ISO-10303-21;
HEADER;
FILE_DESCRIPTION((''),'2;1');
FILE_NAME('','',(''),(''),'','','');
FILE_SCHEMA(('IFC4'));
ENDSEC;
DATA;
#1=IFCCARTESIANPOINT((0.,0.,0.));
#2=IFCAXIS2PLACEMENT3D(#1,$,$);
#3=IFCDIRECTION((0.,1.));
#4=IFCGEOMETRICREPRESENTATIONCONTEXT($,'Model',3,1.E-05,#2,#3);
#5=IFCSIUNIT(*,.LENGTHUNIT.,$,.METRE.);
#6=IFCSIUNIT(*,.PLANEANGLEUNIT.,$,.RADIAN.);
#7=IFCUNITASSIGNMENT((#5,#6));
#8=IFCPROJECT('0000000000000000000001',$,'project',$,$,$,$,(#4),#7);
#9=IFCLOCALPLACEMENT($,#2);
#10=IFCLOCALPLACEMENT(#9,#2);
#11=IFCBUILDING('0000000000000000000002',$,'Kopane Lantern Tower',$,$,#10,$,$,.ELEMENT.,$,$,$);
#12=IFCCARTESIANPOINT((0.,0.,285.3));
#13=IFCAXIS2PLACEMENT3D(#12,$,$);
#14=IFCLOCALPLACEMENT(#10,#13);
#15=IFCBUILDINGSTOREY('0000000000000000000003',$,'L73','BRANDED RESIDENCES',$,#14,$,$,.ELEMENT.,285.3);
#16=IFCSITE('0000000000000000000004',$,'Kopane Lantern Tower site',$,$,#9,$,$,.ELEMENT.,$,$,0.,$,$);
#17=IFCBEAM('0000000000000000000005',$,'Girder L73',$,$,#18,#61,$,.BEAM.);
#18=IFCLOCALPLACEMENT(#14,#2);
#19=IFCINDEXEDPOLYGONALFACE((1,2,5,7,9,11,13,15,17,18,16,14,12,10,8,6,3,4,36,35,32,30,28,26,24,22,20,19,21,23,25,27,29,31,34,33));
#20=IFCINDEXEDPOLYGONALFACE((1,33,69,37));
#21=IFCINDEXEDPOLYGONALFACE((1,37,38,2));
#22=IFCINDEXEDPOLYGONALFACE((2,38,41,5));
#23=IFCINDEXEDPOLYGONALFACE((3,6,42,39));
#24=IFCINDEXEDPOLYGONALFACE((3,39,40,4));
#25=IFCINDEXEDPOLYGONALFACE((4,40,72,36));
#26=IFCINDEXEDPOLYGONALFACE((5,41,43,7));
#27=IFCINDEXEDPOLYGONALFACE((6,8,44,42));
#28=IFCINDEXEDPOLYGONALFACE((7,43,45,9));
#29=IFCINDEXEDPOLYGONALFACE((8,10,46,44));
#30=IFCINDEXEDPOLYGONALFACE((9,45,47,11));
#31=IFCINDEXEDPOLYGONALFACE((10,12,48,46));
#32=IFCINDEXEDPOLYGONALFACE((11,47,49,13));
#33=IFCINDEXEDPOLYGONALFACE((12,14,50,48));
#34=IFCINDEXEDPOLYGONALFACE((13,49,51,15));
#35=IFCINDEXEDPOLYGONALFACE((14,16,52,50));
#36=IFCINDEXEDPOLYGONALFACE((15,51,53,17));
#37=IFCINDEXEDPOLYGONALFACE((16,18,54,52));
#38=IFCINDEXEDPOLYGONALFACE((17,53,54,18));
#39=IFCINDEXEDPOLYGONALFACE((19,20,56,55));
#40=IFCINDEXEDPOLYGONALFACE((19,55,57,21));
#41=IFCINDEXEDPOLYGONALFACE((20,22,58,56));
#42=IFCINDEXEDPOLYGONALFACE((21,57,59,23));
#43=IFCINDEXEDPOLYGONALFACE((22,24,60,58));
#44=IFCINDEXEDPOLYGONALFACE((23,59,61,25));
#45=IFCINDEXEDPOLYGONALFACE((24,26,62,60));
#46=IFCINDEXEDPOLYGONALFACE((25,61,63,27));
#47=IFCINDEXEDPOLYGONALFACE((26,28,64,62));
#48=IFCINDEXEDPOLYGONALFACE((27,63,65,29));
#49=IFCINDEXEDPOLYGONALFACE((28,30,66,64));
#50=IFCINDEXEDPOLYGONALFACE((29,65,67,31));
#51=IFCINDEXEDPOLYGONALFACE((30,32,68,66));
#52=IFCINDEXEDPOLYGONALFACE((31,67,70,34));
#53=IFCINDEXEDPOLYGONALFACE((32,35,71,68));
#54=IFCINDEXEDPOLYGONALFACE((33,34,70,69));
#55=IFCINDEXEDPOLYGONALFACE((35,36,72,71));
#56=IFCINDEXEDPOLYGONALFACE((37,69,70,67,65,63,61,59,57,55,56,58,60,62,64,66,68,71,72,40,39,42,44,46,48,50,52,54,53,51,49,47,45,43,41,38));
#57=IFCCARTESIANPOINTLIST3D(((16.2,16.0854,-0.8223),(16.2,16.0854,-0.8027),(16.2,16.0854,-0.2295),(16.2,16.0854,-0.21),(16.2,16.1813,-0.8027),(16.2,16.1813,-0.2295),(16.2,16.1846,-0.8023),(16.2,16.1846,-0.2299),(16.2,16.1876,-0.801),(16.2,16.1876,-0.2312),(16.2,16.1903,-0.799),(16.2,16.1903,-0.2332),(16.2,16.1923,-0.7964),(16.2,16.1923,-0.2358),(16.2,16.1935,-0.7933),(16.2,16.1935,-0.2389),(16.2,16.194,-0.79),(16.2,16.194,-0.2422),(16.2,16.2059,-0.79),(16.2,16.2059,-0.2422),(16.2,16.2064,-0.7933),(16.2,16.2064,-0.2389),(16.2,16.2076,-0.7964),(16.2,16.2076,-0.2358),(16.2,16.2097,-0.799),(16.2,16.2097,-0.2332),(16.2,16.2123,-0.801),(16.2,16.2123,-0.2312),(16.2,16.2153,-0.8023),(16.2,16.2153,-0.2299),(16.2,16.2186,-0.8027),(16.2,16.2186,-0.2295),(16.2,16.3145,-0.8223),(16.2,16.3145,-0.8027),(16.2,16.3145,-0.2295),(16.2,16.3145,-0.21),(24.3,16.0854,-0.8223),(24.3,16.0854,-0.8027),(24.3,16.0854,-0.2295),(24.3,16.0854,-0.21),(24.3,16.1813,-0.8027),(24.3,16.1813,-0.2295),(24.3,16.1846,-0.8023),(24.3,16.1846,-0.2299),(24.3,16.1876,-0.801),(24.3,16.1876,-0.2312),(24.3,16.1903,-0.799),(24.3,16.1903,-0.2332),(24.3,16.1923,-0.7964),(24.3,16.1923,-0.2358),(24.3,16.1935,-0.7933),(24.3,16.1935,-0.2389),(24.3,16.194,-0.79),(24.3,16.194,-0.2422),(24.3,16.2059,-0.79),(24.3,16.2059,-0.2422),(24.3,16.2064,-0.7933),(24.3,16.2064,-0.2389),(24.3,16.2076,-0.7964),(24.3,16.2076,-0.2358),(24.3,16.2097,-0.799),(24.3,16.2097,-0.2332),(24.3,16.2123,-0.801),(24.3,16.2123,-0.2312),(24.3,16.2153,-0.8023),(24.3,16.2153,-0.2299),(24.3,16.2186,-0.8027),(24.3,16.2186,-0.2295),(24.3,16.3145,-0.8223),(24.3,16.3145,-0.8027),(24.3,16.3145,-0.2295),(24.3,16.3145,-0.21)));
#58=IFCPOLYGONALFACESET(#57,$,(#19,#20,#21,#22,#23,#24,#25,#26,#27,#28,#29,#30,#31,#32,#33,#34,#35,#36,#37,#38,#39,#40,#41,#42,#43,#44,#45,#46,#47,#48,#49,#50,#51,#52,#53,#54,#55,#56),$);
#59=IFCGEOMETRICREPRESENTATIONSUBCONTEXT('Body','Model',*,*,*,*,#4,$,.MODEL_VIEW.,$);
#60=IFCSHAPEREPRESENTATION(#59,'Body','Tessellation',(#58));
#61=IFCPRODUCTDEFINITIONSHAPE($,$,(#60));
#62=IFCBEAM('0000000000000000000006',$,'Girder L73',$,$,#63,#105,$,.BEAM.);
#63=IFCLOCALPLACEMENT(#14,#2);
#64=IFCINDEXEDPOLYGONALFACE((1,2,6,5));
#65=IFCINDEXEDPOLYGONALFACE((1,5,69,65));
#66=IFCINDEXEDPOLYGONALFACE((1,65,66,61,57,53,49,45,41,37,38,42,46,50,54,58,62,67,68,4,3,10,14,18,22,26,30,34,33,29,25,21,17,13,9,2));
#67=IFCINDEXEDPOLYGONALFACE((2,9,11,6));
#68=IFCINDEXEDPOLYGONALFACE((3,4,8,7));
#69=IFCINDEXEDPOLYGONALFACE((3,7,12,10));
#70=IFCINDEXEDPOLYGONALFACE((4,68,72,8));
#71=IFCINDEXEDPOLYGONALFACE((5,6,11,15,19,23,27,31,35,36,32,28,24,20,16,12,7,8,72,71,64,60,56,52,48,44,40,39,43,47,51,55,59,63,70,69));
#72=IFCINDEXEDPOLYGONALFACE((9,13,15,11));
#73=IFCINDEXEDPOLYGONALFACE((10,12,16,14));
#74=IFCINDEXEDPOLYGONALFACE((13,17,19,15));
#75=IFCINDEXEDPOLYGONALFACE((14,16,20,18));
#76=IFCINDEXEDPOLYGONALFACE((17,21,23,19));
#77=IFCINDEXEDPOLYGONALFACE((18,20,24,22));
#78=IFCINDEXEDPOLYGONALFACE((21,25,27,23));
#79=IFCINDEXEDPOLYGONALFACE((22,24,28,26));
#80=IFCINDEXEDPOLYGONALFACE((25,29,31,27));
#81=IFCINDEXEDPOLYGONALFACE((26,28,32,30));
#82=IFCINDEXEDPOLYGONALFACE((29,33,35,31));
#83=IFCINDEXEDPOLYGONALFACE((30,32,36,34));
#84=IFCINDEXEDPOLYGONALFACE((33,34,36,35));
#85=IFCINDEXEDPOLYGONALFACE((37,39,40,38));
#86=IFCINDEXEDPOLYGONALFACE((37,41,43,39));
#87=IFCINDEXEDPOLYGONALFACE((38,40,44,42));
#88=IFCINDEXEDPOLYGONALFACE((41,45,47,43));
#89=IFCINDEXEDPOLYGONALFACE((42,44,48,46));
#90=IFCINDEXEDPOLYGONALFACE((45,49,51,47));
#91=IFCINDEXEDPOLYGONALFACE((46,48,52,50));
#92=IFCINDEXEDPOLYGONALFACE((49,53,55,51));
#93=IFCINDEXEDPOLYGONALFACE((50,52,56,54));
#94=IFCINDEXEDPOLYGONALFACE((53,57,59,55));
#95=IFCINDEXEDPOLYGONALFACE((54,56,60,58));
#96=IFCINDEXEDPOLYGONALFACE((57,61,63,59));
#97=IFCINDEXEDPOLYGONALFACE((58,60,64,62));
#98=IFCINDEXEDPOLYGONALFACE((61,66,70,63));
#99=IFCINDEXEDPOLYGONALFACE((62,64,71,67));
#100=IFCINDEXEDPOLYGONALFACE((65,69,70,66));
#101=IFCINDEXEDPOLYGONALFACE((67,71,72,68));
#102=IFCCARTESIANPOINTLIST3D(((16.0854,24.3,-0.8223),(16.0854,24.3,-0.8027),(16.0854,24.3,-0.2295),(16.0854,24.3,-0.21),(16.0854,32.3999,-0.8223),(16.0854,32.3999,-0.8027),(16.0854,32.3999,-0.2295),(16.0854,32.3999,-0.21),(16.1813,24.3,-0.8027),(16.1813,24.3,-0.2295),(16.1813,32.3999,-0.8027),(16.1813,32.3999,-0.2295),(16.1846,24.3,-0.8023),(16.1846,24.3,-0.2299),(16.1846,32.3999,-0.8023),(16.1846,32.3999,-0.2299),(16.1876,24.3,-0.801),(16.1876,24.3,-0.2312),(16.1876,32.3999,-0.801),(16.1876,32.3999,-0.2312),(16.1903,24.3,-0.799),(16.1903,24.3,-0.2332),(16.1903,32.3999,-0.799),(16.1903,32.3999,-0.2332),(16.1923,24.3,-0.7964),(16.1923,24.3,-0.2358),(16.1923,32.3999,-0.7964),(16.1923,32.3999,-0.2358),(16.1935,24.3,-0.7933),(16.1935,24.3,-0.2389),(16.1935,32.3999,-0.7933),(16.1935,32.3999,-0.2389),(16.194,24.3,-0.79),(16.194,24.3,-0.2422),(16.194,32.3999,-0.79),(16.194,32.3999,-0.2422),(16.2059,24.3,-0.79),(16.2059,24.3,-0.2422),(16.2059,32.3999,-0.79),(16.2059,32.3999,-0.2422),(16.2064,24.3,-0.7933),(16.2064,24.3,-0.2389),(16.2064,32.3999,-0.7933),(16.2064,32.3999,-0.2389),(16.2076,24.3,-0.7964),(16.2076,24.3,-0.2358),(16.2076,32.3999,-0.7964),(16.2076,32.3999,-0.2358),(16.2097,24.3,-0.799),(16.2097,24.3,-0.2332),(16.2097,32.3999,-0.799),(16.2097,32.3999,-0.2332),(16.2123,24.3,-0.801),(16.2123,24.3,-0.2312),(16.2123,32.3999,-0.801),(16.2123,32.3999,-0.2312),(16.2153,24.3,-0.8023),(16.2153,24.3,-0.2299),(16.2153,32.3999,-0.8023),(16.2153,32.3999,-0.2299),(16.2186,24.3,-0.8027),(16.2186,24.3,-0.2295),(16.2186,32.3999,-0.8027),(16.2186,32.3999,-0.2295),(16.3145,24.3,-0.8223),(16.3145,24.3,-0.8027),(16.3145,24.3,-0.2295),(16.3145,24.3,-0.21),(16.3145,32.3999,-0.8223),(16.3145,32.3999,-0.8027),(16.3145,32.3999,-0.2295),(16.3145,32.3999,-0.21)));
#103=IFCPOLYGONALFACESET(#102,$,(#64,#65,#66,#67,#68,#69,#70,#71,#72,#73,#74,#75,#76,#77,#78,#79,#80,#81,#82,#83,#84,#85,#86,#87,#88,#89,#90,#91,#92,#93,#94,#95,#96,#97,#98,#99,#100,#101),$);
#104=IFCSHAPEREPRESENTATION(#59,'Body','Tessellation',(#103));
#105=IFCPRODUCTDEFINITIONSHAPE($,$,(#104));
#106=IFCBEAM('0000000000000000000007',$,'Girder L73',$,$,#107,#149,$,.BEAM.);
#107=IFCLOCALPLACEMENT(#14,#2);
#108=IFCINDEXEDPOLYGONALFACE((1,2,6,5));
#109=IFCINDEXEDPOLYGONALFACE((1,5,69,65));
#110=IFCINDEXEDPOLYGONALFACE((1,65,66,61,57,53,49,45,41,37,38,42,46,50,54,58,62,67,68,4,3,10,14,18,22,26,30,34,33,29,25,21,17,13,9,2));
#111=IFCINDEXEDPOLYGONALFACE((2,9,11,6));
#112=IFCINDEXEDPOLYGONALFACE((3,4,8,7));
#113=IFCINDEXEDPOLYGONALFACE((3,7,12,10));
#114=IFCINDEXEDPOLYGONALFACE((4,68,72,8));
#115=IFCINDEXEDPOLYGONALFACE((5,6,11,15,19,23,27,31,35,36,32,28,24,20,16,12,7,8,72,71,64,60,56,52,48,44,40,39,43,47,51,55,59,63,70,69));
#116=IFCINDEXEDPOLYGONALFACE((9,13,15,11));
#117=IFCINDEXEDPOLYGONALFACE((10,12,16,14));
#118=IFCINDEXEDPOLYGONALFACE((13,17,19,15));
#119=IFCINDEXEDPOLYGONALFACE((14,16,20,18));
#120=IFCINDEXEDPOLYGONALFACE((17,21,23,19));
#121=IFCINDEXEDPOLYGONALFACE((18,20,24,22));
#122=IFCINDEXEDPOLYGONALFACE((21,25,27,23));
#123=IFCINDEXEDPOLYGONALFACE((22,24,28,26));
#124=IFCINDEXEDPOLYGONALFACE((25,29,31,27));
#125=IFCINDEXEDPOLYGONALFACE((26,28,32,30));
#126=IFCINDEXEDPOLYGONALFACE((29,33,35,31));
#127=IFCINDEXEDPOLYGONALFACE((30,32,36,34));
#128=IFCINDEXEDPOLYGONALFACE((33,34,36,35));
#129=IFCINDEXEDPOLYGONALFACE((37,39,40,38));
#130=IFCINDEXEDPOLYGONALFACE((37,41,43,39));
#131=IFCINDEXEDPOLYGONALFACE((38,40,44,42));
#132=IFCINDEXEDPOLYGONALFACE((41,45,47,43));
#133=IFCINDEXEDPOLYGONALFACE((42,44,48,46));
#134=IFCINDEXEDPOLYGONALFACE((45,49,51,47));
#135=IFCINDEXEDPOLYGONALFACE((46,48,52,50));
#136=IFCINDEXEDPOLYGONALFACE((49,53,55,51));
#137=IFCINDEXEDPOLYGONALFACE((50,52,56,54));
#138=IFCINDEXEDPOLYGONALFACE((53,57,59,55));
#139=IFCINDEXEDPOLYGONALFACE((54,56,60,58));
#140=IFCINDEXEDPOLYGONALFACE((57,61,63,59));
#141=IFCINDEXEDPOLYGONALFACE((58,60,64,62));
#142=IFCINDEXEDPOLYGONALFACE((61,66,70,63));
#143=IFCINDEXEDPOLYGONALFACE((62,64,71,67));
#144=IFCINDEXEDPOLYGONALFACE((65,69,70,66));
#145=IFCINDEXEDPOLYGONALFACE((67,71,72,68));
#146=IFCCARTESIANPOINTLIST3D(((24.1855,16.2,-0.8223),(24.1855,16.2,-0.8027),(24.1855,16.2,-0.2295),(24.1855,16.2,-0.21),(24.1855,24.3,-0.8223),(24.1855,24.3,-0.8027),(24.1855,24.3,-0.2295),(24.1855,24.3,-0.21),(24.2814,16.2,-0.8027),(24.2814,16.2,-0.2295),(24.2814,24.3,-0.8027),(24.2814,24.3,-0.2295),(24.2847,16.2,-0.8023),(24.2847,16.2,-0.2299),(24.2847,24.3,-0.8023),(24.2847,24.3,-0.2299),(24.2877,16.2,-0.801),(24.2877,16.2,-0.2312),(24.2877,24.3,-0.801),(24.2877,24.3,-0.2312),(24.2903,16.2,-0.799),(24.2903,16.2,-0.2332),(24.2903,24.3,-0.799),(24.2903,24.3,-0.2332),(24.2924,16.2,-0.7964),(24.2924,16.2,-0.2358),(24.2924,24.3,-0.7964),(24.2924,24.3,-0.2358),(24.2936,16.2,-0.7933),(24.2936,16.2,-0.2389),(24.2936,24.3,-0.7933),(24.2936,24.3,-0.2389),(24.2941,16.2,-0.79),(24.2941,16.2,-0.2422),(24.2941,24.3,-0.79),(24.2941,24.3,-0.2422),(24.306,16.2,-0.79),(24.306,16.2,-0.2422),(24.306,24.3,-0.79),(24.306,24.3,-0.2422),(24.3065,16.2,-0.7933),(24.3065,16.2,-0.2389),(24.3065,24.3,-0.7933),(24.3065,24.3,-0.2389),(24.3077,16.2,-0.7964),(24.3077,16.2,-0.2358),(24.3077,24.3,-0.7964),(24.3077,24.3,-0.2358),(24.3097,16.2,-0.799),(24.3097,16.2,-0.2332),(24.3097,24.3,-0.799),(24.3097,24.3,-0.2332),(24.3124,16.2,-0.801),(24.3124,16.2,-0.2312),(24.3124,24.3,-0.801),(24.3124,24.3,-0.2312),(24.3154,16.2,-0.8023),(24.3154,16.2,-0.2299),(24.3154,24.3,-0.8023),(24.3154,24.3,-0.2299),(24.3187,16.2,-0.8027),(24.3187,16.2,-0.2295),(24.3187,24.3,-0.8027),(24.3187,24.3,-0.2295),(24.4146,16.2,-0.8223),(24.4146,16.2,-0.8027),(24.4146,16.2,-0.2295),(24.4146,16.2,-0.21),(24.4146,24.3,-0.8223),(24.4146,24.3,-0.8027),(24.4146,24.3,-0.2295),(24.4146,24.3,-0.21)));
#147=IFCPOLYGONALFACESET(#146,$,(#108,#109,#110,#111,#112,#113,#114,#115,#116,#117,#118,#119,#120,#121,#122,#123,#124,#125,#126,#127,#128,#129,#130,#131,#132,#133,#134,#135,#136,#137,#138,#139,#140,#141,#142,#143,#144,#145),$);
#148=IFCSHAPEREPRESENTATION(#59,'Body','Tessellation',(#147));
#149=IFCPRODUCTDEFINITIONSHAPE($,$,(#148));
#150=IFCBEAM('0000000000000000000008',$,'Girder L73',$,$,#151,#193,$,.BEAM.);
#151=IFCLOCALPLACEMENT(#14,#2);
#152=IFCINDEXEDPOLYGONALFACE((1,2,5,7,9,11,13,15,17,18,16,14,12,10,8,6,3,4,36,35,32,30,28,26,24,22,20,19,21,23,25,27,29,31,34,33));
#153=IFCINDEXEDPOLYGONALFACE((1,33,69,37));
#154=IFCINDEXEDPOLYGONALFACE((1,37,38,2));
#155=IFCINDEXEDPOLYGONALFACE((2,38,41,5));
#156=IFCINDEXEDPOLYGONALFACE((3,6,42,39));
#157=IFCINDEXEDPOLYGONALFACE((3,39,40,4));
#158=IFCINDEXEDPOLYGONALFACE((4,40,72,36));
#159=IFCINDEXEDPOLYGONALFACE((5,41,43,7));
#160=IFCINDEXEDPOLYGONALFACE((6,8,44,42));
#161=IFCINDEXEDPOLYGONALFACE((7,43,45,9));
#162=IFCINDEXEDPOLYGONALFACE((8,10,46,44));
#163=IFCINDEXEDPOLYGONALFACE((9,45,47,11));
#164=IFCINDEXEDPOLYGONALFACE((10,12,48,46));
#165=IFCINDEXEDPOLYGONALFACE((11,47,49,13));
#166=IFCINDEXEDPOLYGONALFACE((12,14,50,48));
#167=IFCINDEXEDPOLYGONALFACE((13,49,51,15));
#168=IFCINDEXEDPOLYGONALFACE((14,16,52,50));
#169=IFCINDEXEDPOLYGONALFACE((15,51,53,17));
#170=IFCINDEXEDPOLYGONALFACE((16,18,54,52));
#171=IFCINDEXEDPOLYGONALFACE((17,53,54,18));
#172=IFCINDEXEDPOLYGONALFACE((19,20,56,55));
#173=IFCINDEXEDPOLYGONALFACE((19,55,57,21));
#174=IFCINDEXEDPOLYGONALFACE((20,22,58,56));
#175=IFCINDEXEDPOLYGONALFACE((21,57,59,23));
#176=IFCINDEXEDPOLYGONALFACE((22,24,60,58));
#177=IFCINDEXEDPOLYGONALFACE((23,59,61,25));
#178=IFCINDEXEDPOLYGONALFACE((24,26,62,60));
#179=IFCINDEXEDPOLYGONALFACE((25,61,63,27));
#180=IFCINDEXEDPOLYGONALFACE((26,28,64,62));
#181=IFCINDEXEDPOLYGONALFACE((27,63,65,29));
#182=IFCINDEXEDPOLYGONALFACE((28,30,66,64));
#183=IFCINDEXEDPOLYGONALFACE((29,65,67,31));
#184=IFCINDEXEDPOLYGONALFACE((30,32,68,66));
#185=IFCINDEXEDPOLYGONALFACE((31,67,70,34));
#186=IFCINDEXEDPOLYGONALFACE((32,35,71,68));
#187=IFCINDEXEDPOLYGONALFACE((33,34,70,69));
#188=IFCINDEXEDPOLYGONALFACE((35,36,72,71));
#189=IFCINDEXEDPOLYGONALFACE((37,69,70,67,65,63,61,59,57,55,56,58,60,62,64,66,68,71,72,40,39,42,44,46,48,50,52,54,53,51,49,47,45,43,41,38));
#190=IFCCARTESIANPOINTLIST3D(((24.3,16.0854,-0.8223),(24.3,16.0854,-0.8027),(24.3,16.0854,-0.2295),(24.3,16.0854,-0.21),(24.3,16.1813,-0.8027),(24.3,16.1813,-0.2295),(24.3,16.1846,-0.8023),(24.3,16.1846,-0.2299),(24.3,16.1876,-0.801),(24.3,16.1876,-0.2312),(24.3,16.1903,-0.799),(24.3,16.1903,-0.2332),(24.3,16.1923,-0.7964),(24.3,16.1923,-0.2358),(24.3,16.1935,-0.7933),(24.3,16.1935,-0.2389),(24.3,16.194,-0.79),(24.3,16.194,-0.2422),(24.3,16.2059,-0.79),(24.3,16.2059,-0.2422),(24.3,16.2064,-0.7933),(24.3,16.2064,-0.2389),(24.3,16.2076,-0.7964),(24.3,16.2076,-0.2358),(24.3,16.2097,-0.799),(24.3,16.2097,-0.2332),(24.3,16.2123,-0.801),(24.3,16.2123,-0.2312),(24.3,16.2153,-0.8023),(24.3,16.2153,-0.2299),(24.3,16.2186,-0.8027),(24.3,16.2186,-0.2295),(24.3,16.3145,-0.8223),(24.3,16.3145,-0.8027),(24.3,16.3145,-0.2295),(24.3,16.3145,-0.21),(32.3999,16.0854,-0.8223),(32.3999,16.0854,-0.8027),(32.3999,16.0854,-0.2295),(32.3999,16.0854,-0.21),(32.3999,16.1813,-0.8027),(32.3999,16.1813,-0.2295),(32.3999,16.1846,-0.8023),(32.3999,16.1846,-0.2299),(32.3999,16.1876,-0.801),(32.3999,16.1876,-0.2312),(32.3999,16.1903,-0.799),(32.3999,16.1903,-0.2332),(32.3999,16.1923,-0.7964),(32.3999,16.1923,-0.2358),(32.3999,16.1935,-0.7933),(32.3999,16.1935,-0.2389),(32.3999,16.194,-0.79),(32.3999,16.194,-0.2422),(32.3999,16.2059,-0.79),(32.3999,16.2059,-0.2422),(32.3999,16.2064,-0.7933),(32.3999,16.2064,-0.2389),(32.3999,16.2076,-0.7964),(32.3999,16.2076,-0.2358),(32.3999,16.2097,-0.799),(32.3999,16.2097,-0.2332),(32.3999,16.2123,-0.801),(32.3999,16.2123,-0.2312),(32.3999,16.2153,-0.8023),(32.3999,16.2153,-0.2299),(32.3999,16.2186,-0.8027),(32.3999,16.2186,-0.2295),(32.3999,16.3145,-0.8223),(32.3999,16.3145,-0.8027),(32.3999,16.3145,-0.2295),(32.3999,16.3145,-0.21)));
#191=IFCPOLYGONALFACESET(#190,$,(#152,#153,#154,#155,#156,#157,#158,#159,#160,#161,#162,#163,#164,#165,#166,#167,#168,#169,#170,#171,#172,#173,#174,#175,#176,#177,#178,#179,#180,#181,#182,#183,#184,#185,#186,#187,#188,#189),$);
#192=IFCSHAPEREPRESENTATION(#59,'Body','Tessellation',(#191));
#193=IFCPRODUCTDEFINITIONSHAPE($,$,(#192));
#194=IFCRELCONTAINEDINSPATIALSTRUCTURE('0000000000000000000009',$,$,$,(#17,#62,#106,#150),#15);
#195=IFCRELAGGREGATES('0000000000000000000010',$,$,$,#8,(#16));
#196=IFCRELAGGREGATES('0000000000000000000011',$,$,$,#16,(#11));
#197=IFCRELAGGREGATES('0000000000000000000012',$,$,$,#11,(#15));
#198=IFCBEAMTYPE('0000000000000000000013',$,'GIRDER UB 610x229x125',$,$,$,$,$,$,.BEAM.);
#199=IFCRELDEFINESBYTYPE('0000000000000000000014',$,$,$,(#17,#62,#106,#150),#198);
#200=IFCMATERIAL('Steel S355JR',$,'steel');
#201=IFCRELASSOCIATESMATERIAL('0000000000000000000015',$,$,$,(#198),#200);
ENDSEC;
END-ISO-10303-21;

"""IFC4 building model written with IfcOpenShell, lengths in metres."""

from ifc_helpers import new_model, si_unit, direction, frame, origin, origin_2d, place, context, subcontext, project, spatial, i_section, extrude, material, material_profile, profile_set, type_object, element, save


model = new_model("IFC4")

# Units and contexts
model_context = context("Model", 3, precision=1e-05, world=origin(), true_north=direction((0.0, 1.0)))
body_context = subcontext(model_context, "Body", "Model", "MODEL_VIEW")
ifc_project = project(units=[si_unit("LENGTHUNIT", "METRE"), si_unit("PLANEANGLEUNIT", "RADIAN")], contexts=[model_context])

# Site, building, storey
site_placement = place(None, origin())
site = spatial("IfcSite", under=ifc_project, at=site_placement, Name="Kopane Lantern Tower site", CompositionType="ELEMENT", RefElevation=0.0)
building_placement = place(site_placement, origin())
building = spatial("IfcBuilding", under=site, at=building_placement, Name="Kopane Lantern Tower", CompositionType="ELEMENT")
storey_placement = place(building_placement, frame((0.0, 0.0, 285.3)))
storey = spatial("IfcBuildingStorey", under=building, at=storey_placement, Name="L73", Description="BRANDED RESIDENCES", CompositionType="ELEMENT", Elevation=285.3)

# Beams
ifc_material_1 = material(Name="Steel S355JR", Category="steel")
ifc_material_profile_1 = material_profile(ifc_material_1, i_section(OverallWidth=0.229, OverallDepth=0.6123, WebThickness=0.012, FlangeThickness=0.0195, FilletRadius=0.0127, at=origin_2d()), Name="UB 610x229x125")
ifc_profile_set_1 = profile_set([ifc_material_profile_1], Name="Steel S355JR")
beam_type = type_object("IfcBeamType", Name="GIRDER UB 610x229x125", PredefinedType="BEAM", material=ifc_profile_set_1)
for number, where, z_axis, x_axis, name in (
    (1, (16.2, 16.2, -0.5161), (1.0, 0.0, 0.0), (0.0, 1.0, 0.0), "Girder L73"),
):
    element("IfcBeam", number, at=place(storey_placement, frame(where, z_axis=z_axis, x_axis=x_axis)), inside=storey, type_object=beam_type, Name=name, PredefinedType="BEAM", context=body_context, shape_type="SweptSolid", body=[
        extrude(i_section(OverallWidth=0.229, OverallDepth=0.6123, WebThickness=0.012, FlangeThickness=0.0195, FilletRadius=0.0127, at=origin_2d()), origin(), (0.0, 0.0, 1.0), 8.1001),
    ])
beam_1_placement = place(storey_placement, frame((16.2, 24.3, -0.5161), z_axis=(0.0, 1.0, 0.0), x_axis=(-1.0, 0.0, 0.0)))
element("IfcBeam", 2, at=beam_1_placement, inside=storey, type_object=beam_type, Name="Girder L73", PredefinedType="BEAM", context=body_context, shape_type="SweptSolid", body=[
    extrude(i_section(OverallWidth=0.229, OverallDepth=0.6123, WebThickness=0.012, FlangeThickness=0.0195, FilletRadius=0.0127, at=origin_2d()), origin(), (0.0, 0.0, 1.0), 8.0999),
])
beam_2_placement = place(storey_placement, frame((24.3, 16.2, -0.5161), z_axis=(0.0, 1.0, 0.0), x_axis=(-1.0, 0.0, 0.0)))
element("IfcBeam", 3, at=beam_2_placement, inside=storey, type_object=beam_type, Name="Girder L73", PredefinedType="BEAM", context=body_context, shape_type="SweptSolid", body=[
    extrude(i_section(OverallWidth=0.229, OverallDepth=0.6123, WebThickness=0.012, FlangeThickness=0.0195, FilletRadius=0.0127, at=origin_2d()), origin(), (0.0, 0.0, 1.0), 8.1001),
])
beam_3_placement = place(storey_placement, frame((24.3, 16.2, -0.5161), z_axis=(1.0, 0.0, 0.0), x_axis=(0.0, 1.0, 0.0)))
element("IfcBeam", 4, at=beam_3_placement, inside=storey, type_object=beam_type, Name="Girder L73", PredefinedType="BEAM", context=body_context, shape_type="SweptSolid", body=[
    extrude(i_section(OverallWidth=0.229, OverallDepth=0.6123, WebThickness=0.012, FlangeThickness=0.0195, FilletRadius=0.0127, at=origin_2d()), origin(), (0.0, 0.0, 1.0), 8.0999),
])

save(model, "model.ifc")
